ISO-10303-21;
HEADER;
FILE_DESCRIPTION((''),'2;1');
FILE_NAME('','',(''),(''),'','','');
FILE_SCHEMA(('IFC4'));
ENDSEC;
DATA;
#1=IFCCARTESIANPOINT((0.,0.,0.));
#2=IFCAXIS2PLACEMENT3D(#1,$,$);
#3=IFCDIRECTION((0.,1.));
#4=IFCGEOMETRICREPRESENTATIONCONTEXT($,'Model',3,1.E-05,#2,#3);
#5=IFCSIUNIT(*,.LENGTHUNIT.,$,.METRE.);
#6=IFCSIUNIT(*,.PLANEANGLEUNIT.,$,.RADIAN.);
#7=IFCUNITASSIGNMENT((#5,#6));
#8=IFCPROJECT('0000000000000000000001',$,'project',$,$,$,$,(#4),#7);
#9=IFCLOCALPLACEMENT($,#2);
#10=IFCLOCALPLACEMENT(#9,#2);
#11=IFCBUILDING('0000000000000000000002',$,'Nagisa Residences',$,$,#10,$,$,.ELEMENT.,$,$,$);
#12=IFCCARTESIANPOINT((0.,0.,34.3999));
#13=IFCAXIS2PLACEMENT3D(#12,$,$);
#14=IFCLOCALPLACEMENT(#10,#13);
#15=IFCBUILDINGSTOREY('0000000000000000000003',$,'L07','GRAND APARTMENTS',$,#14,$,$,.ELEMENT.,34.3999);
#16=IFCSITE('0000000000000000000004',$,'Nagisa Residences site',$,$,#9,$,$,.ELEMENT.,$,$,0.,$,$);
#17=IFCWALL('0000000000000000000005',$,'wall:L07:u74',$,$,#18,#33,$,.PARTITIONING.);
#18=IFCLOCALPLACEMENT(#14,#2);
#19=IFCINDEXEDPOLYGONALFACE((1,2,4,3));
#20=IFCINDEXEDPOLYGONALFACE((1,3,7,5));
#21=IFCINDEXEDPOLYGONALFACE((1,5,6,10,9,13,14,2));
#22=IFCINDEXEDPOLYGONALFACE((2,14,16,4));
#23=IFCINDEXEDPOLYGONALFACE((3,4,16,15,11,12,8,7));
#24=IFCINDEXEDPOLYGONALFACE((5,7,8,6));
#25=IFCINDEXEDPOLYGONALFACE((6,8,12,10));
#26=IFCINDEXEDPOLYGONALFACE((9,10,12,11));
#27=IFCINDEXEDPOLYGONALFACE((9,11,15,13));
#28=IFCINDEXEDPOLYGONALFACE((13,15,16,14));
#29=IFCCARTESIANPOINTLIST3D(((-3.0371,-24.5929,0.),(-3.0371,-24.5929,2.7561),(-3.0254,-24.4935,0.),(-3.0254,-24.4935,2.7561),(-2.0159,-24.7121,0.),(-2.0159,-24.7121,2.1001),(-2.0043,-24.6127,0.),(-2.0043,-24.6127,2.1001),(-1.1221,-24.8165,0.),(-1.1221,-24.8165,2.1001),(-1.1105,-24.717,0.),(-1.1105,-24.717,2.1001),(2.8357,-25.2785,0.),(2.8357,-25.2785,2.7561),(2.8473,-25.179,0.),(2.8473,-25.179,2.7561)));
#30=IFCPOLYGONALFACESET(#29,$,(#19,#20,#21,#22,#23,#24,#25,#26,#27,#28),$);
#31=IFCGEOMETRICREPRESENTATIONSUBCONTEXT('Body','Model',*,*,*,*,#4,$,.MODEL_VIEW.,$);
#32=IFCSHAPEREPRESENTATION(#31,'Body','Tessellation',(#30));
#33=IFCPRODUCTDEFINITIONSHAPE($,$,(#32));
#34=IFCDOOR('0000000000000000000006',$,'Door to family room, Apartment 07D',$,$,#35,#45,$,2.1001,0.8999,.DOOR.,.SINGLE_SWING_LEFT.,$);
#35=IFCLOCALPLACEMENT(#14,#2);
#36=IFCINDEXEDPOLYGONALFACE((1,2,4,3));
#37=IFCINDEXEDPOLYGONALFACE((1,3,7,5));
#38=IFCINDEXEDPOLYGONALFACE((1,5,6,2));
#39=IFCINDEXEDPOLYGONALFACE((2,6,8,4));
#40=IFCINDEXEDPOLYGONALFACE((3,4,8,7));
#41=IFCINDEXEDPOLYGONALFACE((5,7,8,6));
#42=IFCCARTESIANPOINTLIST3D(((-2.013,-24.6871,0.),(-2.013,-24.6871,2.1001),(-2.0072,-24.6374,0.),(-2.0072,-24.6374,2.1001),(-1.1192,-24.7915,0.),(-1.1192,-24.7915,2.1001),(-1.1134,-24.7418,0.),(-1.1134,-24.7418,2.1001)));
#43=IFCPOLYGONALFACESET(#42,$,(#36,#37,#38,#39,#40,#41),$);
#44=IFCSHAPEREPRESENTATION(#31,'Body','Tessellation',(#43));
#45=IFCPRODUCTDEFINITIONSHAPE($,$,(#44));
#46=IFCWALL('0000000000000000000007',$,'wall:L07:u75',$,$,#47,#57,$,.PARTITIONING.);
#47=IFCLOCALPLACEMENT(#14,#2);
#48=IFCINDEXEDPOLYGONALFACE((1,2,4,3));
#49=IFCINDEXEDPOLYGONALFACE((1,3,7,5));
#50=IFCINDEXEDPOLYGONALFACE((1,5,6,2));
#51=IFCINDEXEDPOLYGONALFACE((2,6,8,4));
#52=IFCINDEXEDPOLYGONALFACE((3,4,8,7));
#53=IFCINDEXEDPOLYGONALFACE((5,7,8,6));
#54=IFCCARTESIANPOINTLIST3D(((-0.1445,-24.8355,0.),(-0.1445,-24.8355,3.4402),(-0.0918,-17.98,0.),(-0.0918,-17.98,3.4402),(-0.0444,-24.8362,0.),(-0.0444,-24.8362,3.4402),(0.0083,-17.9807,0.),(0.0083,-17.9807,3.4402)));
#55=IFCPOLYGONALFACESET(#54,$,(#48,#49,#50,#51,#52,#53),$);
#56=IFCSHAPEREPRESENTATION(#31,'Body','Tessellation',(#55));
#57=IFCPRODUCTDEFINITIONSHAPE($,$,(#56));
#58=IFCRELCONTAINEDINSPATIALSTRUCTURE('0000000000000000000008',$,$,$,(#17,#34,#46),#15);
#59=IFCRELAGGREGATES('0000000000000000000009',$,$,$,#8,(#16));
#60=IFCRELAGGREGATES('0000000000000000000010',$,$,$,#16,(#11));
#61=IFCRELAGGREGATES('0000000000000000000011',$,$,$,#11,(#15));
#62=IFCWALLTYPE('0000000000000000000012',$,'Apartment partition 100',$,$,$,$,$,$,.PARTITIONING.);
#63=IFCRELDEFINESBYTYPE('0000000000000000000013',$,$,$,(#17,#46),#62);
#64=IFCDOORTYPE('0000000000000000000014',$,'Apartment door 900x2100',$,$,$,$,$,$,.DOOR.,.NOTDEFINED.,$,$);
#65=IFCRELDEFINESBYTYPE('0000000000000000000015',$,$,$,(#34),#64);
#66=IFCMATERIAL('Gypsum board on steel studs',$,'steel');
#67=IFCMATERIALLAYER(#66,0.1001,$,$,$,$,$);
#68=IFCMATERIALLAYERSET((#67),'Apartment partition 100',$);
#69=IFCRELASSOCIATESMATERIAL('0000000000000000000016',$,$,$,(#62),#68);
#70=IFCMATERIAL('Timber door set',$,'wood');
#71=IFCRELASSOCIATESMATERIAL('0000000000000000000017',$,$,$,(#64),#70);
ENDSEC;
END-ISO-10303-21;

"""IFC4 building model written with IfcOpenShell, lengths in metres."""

from ifc_helpers import new_model, si_unit, direction, frame, frame_2d, origin, place, context, subcontext, project, spatial, rectangle, extrude, material, layer, layer_set, type_object, element, fill, save


model = new_model("IFC4")

# Units and contexts
model_context = context("Model", 3, precision=1e-05, world=origin(), true_north=direction((0.0, 1.0)))
body_context = subcontext(model_context, "Body", "Model", "MODEL_VIEW")
ifc_project = project(units=[si_unit("LENGTHUNIT", "METRE"), si_unit("PLANEANGLEUNIT", "RADIAN")], contexts=[model_context])

# Site, building, storey
site_placement = place(None, origin())
site = spatial("IfcSite", under=ifc_project, at=site_placement, Name="Nagisa Residences site", CompositionType="ELEMENT", RefElevation=0.0)
building_placement = place(site_placement, origin())
building = spatial("IfcBuilding", under=site, at=building_placement, Name="Nagisa Residences", CompositionType="ELEMENT")
storey_placement = place(building_placement, frame((0.0, 0.0, 34.3999)))
storey = spatial("IfcBuildingStorey", under=building, at=storey_placement, Name="L07", Description="GRAND APARTMENTS", CompositionType="ELEMENT", Elevation=34.3999)

# Shared definitions
ifc_material_1 = material(Name="Gypsum board on steel studs", Category="steel")
ifc_layer_1 = layer(ifc_material_1, 0.1001)
ifc_layer_set_1 = layer_set([ifc_layer_1], Name="Apartment partition 100")
wall_type_1 = type_object("IfcWallType", Name="Apartment partition 100", PredefinedType="PARTITIONING", material=ifc_layer_set_1)

# Shared definitions
ifc_material_2 = material(Name="Timber door set", Category="wood")
door_type_1 = type_object("IfcDoorType", Name="Apartment door 900x2100", OperationType="NOTDEFINED", PredefinedType="DOOR", material=ifc_material_2)

# Wall, opening, door
wall_1_placement = place(storey_placement, frame((-3.0312, -24.5432, 0.0), z_axis=(0.0, 0.0, 1.0), x_axis=(0.993256, -0.115945, 0.0)))
wall_1 = element("IfcWall", 1, at=wall_1_placement, inside=storey, type_object=wall_type_1, Name="wall:L07:u74", PredefinedType="PARTITIONING", context=body_context, shape_type="SweptSolid", body=[
    extrude(rectangle(XDim=5.9126, YDim=0.1001, at=frame_2d((2.9563, 0.0))), origin(), (0.0, 0.0, 1.0), 2.7561),
])
opening_1_placement = place(wall_1_placement, frame((1.0281, 0.0, 0.0)))
opening_1 = element("IfcOpeningElement", 2, at=opening_1_placement, cuts=wall_1, PredefinedType="OPENING", context=body_context, shape_type="SweptSolid", body=[
    extrude(rectangle(XDim=0.8999, YDim=2.1001, at=frame_2d((0.45, 1.05))), frame((0.0, 0.0601, 0.0), z_axis=(0.0, -1.0, 0.0), x_axis=(1.0, 0.0, 0.0)), (0.0, 0.0, 1.0), 0.1201),
])
door_1_placement = place(opening_1_placement, frame((0.8999, 0.0, 0.0), x_axis=(-1.0, 0.0, 0.0)))
door_1 = element("IfcDoor", 3, at=door_1_placement, inside=storey, type_object=door_type_1, Name="Door to family room, Apartment 07D", OperationType="SINGLE_SWING_LEFT", OverallHeight=2.1001, OverallWidth=0.8999, PredefinedType="DOOR", context=body_context, shape_type="SweptSolid", body=[
    extrude(rectangle(XDim=0.8999, YDim=2.1001, at=frame_2d((0.45, 1.05))), frame((0.0, 0.0249, 0.0), z_axis=(0.0, -1.0, 0.0), x_axis=(1.0, 0.0, 0.0)), (0.0, 0.0, 1.0), 0.05),
])
fill(opening_1, door_1)

# Wall
wall_2_placement = place(storey_placement, frame((-0.0417, -17.9805, 0.0), z_axis=(0.0, 0.0, 1.0), x_axis=(-0.007692, -0.99997, 0.0)))
element("IfcWall", 4, at=wall_2_placement, inside=storey, type_object=wall_type_1, Name="wall:L07:u75", PredefinedType="PARTITIONING", context=body_context, shape_type="SweptSolid", body=[
    extrude(rectangle(XDim=6.8557, YDim=0.1001, at=frame_2d((3.4277, 0.0))), origin(), (0.0, 0.0, 1.0), 3.4402),
])

save(model, "model.ifc")
